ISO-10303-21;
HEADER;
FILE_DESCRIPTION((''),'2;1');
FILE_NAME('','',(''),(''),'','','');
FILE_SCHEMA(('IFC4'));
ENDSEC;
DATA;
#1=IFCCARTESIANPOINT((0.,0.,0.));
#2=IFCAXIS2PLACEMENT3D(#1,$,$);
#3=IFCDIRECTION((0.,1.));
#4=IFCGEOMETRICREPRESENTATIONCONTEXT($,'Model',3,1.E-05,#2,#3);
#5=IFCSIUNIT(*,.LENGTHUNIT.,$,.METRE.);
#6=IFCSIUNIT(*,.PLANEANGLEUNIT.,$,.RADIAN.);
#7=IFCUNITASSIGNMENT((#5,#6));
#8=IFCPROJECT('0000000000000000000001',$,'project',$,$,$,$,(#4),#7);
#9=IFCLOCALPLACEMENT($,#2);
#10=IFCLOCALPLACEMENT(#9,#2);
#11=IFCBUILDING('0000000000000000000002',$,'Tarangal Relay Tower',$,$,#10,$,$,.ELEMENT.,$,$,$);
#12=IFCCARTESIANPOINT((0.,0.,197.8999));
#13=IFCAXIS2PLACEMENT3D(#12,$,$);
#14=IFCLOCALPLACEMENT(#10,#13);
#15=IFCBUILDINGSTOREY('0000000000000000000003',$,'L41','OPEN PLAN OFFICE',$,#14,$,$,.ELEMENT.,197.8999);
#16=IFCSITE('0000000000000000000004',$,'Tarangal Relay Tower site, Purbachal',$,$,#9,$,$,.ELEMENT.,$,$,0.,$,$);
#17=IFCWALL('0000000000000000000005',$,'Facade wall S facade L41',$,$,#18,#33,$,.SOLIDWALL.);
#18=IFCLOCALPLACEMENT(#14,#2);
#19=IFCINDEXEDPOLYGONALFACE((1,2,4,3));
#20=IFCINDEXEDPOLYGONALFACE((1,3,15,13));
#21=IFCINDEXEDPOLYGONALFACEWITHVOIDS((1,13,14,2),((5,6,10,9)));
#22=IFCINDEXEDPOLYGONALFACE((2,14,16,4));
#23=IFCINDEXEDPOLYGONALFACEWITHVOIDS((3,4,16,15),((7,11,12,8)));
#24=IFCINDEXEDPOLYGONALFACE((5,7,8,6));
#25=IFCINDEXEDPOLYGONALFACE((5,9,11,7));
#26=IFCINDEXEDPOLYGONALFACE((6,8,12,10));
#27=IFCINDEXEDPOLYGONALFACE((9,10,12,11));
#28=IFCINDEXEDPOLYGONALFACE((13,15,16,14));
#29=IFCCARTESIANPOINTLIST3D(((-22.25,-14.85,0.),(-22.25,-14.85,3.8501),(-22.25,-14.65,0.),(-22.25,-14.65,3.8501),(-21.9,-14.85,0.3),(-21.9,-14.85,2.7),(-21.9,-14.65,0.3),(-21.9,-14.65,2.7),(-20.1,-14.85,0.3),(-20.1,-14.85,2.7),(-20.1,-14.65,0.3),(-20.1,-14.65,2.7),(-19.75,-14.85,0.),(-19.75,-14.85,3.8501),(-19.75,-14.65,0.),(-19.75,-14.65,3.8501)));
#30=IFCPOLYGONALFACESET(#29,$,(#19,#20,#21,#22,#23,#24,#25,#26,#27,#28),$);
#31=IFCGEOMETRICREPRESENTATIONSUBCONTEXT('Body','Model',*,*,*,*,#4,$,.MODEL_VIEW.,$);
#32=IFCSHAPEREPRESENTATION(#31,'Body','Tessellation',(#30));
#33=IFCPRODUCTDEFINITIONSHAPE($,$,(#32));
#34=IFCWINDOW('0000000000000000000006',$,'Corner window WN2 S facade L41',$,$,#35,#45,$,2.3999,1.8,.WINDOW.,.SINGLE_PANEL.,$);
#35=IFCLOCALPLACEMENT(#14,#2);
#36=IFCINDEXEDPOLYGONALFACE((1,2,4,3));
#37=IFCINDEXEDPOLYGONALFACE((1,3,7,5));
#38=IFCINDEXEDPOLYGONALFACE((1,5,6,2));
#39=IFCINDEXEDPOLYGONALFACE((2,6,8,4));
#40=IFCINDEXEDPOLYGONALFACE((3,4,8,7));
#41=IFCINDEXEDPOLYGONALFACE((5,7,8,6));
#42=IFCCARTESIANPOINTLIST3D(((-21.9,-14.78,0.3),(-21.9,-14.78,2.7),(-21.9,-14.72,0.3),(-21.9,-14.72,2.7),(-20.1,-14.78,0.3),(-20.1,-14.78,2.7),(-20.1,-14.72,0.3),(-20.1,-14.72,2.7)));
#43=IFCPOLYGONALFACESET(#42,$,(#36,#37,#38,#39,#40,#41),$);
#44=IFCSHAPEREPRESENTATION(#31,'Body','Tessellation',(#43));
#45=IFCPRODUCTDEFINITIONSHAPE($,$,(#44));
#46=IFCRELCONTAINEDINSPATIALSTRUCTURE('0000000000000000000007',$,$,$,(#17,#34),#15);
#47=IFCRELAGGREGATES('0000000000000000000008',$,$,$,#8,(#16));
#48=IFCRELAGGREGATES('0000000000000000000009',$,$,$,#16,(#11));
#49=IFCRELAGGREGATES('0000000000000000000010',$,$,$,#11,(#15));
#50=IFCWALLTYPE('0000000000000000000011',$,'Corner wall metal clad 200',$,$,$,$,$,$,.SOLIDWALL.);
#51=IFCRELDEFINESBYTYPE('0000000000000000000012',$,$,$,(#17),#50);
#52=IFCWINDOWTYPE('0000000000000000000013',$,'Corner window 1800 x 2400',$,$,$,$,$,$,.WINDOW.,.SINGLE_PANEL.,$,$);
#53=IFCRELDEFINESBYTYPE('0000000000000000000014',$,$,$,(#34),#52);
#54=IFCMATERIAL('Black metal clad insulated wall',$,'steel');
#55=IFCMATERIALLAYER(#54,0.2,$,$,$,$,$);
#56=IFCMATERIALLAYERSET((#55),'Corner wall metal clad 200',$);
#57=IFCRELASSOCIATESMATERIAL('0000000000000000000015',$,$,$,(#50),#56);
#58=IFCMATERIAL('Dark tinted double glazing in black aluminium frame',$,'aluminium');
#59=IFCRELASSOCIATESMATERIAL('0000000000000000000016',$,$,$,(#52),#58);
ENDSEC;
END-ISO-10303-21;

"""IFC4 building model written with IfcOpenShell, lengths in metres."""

from ifc_helpers import new_model, si_unit, direction, frame, frame_2d, origin, place, context, subcontext, project, spatial, rectangle, extrude, material, layer, layer_set, type_object, element, fill, save


model = new_model("IFC4")

# Units and contexts
model_context = context("Model", 3, precision=1e-05, world=origin(), true_north=direction((0.0, 1.0)))
body_context = subcontext(model_context, "Body", "Model", "MODEL_VIEW")
ifc_project = project(units=[si_unit("LENGTHUNIT", "METRE"), si_unit("PLANEANGLEUNIT", "RADIAN")], contexts=[model_context])

# Site, building, storey
site_placement = place(None, origin())
site = spatial("IfcSite", under=ifc_project, at=site_placement, Name="Tarangal Relay Tower site, Purbachal", CompositionType="ELEMENT", RefElevation=0.0)
building_placement = place(site_placement, origin())
building = spatial("IfcBuilding", under=site, at=building_placement, Name="Tarangal Relay Tower", CompositionType="ELEMENT")
storey_placement = place(building_placement, frame((0.0, 0.0, 197.8999)))
storey = spatial("IfcBuildingStorey", under=building, at=storey_placement, Name="L41", Description="OPEN PLAN OFFICE", CompositionType="ELEMENT", Elevation=197.8999)

# Shared definitions
ifc_material_1 = material(Name="Black metal clad insulated wall", Category="steel")
ifc_layer_1 = layer(ifc_material_1, 0.2)
ifc_layer_set_1 = layer_set([ifc_layer_1], Name="Corner wall metal clad 200")
wall_type = type_object("IfcWallType", Name="Corner wall metal clad 200", PredefinedType="SOLIDWALL", material=ifc_layer_set_1)

# Wall, opening, window
wall_1_placement = place(storey_placement, frame((-19.75, -14.75, 0.0), z_axis=(0.0, 0.0, 1.0), x_axis=(-1.0, 0.0, 0.0)))
wall_1 = element("IfcWall", 1, at=wall_1_placement, inside=storey, type_object=wall_type, Name="Facade wall S facade L41", PredefinedType="SOLIDWALL", context=body_context, shape_type="SweptSolid", body=[
    extrude(rectangle(XDim=2.5, YDim=0.2, at=frame_2d((1.25, 0.0))), origin(), (0.0, 0.0, 1.0), 3.8501),
])
opening_placement = place(wall_1_placement, frame((0.3501, 0.0, 0.3)))
opening = element("IfcOpeningElement", 2, at=opening_placement, cuts=wall_1, PredefinedType="OPENING", context=body_context, shape_type="SweptSolid", body=[
    extrude(rectangle(XDim=1.8, YDim=2.3999, at=frame_2d((0.8999, 1.2))), frame((0.0, 0.1099, 0.0), z_axis=(0.0, -1.0, 0.0), x_axis=(1.0, 0.0, 0.0)), (0.0, 0.0, 1.0), 0.22),
])
ifc_material_2 = material(Name="Dark tinted double glazing in black aluminium frame", Category="aluminium")
window_type = type_object("IfcWindowType", Name="Corner window 1800 x 2400", PartitioningType="SINGLE_PANEL", PredefinedType="WINDOW", material=ifc_material_2)
window_placement = place(opening_placement, origin())
window = element("IfcWindow", 3, at=window_placement, inside=storey, type_object=window_type, Name="Corner window WN2 S facade L41", OverallHeight=2.3999, OverallWidth=1.8, PartitioningType="SINGLE_PANEL", PredefinedType="WINDOW", context=body_context, shape_type="SweptSolid", body=[
    extrude(rectangle(XDim=1.8, YDim=2.3999, at=frame_2d((0.8999, 1.2))), frame((0.0, 0.03, 0.0), z_axis=(0.0, -1.0, 0.0), x_axis=(1.0, 0.0, 0.0)), (0.0, 0.0, 1.0), 0.0601),
])
fill(opening, window)

save(model, "model.ifc")
